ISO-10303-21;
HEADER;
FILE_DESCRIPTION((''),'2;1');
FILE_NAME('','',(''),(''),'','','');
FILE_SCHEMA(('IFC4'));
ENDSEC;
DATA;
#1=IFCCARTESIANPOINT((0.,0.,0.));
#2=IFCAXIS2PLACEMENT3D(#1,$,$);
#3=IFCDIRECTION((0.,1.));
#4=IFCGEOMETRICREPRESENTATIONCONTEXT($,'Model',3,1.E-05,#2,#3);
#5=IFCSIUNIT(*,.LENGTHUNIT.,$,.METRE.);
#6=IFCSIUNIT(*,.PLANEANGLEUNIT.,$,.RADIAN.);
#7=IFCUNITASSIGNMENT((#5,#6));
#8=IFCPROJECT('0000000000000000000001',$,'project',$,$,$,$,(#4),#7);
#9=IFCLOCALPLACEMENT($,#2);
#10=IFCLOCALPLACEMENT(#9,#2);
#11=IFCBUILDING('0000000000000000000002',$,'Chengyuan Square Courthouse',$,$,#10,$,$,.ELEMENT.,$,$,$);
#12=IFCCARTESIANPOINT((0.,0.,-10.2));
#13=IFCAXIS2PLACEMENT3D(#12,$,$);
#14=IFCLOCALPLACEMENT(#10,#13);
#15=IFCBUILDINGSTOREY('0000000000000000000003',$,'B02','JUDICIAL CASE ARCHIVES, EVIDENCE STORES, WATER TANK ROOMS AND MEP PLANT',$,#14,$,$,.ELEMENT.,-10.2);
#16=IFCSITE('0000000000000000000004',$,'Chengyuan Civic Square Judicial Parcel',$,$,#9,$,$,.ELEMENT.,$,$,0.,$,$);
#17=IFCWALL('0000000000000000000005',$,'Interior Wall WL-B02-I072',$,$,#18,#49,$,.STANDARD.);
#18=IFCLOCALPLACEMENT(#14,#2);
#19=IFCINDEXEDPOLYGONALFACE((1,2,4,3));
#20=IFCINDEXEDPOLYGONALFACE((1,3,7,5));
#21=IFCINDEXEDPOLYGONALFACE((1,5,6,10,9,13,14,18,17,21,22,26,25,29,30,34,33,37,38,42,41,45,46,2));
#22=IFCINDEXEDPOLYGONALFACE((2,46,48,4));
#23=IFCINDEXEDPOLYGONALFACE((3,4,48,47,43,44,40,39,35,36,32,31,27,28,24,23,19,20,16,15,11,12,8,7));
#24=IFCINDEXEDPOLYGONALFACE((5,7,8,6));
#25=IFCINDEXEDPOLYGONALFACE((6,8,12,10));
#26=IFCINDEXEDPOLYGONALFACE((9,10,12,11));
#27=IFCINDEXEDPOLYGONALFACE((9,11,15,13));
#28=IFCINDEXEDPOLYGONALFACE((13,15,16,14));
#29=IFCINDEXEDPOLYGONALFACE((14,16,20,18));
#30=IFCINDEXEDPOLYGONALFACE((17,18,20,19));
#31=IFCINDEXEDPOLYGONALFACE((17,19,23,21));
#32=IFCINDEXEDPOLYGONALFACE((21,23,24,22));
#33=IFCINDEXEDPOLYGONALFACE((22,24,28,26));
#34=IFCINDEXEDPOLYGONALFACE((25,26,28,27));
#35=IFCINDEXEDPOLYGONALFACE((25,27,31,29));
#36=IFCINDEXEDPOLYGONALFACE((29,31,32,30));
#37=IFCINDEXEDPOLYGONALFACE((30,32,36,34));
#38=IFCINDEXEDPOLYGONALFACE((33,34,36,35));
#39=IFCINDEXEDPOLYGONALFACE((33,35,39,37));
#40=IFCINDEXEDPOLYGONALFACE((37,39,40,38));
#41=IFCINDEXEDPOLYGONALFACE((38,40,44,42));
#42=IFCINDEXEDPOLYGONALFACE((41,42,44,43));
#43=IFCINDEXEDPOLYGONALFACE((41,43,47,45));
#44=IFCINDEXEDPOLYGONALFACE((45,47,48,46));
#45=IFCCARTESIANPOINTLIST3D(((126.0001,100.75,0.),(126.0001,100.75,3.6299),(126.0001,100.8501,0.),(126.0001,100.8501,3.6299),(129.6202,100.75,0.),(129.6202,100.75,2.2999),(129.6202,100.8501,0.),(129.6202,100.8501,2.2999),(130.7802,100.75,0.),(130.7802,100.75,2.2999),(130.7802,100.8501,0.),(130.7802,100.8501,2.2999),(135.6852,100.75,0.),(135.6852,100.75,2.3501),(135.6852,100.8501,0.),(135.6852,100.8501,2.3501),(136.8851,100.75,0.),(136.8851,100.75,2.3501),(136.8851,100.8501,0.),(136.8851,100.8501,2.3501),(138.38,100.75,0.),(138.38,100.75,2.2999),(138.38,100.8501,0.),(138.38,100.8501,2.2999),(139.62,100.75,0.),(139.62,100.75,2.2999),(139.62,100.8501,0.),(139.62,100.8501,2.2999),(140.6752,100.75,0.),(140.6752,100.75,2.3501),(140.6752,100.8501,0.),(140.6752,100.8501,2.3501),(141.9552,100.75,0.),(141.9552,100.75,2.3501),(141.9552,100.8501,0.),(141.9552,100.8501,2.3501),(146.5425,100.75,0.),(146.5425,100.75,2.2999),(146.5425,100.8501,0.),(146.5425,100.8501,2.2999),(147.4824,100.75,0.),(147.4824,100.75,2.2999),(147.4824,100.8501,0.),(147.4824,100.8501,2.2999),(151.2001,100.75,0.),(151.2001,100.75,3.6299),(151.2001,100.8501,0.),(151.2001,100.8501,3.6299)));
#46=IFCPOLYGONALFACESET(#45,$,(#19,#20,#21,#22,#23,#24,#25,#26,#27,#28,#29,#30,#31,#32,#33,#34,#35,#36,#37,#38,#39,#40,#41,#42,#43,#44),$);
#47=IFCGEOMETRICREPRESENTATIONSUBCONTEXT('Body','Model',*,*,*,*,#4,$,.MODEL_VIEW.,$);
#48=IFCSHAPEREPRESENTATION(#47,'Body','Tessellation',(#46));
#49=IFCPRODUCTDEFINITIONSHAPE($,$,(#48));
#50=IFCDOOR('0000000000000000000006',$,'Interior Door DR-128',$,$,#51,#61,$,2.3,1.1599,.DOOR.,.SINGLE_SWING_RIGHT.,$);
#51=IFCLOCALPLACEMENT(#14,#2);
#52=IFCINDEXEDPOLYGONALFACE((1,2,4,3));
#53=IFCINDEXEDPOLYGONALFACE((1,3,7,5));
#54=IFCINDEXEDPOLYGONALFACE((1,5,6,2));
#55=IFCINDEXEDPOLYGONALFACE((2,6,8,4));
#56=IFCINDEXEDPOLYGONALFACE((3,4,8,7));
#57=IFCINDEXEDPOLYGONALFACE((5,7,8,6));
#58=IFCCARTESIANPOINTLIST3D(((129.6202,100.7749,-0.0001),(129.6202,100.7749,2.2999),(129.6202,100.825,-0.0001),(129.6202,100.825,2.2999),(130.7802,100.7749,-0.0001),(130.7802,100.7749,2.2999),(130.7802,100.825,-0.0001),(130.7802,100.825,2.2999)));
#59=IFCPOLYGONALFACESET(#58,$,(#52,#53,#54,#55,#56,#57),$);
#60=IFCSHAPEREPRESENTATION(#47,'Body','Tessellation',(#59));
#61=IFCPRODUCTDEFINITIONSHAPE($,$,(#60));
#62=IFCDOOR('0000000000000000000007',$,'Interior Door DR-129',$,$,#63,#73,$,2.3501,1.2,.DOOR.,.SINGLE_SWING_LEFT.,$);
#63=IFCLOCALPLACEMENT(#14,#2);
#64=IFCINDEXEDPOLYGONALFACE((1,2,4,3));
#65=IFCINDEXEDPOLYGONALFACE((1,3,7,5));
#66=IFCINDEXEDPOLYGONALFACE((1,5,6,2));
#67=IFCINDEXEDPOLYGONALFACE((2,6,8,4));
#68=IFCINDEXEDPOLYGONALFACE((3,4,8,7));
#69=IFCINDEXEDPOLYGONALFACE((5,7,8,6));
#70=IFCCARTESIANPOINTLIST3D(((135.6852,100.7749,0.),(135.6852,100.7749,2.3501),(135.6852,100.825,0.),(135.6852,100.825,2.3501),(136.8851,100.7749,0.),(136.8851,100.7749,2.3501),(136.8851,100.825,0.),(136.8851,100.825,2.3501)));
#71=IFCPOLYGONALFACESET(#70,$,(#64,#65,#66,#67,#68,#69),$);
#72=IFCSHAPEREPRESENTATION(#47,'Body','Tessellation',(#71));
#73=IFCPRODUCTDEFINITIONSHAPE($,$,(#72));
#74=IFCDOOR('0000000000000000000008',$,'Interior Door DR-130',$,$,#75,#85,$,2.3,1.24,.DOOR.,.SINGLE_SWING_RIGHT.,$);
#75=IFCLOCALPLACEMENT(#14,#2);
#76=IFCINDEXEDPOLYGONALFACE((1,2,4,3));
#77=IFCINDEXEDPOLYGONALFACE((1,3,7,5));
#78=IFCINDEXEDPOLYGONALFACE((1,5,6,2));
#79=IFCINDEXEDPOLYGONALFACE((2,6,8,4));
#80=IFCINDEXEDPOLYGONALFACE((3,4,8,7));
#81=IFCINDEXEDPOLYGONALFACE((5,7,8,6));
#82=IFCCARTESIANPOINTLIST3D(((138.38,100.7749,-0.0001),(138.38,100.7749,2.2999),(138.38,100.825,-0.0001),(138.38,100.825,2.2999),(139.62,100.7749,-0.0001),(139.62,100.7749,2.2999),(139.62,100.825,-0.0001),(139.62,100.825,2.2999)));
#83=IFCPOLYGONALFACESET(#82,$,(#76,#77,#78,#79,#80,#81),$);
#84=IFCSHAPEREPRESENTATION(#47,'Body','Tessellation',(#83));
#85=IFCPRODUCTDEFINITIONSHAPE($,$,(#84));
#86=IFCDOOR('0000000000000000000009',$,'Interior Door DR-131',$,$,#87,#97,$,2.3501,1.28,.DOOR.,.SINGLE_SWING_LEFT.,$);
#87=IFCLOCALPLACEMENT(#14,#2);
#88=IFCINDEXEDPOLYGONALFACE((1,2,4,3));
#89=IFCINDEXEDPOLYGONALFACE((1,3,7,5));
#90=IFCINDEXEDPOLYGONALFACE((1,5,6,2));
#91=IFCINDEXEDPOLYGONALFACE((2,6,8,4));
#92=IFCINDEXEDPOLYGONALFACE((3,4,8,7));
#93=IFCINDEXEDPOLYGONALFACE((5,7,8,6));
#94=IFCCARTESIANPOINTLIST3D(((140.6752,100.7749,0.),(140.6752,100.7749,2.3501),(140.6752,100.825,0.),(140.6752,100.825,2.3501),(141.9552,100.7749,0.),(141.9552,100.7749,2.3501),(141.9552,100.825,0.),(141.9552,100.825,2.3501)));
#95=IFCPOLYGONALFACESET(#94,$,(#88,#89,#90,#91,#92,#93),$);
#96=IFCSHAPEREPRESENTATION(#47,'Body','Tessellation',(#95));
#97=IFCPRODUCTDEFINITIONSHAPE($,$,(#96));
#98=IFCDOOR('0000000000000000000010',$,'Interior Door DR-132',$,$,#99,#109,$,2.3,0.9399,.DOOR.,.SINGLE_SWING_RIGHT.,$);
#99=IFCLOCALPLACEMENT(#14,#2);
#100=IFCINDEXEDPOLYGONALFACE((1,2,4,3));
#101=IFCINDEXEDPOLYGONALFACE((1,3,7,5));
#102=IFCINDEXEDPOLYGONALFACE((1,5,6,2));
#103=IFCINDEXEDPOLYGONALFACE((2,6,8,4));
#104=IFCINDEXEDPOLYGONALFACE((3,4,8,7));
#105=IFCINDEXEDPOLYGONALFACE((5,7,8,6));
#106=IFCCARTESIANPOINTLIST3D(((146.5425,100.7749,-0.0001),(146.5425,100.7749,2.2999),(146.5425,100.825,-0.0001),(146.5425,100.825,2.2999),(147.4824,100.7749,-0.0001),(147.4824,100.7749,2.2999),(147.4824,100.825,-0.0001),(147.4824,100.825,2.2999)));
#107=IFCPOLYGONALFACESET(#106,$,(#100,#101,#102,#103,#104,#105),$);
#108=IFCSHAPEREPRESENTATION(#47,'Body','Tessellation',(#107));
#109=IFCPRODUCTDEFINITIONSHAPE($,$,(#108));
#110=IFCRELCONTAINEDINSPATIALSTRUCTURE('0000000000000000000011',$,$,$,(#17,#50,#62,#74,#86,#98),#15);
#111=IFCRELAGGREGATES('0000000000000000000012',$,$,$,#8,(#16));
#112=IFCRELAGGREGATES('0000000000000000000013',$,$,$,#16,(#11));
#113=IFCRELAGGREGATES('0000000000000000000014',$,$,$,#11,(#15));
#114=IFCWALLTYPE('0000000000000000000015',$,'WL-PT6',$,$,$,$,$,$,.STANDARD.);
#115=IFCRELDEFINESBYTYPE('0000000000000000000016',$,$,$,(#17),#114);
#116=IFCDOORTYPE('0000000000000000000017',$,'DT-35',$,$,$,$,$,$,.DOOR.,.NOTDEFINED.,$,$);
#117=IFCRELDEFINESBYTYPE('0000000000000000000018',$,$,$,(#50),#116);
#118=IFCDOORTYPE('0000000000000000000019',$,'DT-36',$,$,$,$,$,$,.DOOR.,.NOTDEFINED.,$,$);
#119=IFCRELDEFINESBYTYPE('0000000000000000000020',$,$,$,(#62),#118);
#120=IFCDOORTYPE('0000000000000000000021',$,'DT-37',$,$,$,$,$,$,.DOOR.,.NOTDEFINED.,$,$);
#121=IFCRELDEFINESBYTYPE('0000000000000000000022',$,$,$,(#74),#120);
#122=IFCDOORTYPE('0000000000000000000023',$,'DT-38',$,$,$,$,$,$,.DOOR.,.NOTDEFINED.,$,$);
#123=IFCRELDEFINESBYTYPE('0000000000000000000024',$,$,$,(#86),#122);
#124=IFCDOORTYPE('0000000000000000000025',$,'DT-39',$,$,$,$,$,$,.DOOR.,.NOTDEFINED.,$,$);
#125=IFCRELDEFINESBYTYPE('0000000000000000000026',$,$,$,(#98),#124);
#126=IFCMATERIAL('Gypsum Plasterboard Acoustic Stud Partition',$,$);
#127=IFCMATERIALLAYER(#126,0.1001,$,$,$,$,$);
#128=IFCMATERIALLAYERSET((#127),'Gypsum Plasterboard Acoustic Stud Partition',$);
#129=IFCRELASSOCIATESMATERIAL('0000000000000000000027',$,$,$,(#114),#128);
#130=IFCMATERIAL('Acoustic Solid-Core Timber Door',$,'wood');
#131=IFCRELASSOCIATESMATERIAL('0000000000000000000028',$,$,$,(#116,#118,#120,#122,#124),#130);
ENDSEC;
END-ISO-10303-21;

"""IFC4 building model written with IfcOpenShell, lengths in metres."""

from ifc_helpers import new_model, si_unit, direction, frame, frame_2d, origin, place, context, subcontext, project, spatial, rectangle, extrude, material, layer, layer_set, type_object, element, fill, save


model = new_model("IFC4")

# Units and contexts
model_context = context("Model", 3, precision=1e-05, world=origin(), true_north=direction((0.0, 1.0)))
body_context = subcontext(model_context, "Body", "Model", "MODEL_VIEW")
ifc_project = project(units=[si_unit("LENGTHUNIT", "METRE"), si_unit("PLANEANGLEUNIT", "RADIAN")], contexts=[model_context])

# Site, building, storey
site_placement = place(None, origin())
site = spatial("IfcSite", under=ifc_project, at=site_placement, Name="Chengyuan Civic Square Judicial Parcel", CompositionType="ELEMENT", RefElevation=0.0)
building_placement = place(site_placement, origin())
building = spatial("IfcBuilding", under=site, at=building_placement, Name="Chengyuan Square Courthouse", CompositionType="ELEMENT")
storey_placement = place(building_placement, frame((0.0, 0.0, -10.2)))
storey = spatial("IfcBuildingStorey", under=building, at=storey_placement, Name="B02", Description="JUDICIAL CASE ARCHIVES, EVIDENCE STORES, WATER TANK ROOMS AND MEP PLANT", CompositionType="ELEMENT", Elevation=-10.2)

# Wall, openings, doors
ifc_material_1 = material(Name="Gypsum Plasterboard Acoustic Stud Partition")
ifc_layer_1 = layer(ifc_material_1, 0.1001)
ifc_layer_set_1 = layer_set([ifc_layer_1], Name="Gypsum Plasterboard Acoustic Stud Partition")
wall_type_1 = type_object("IfcWallType", Name="WL-PT6", PredefinedType="STANDARD", material=ifc_layer_set_1)
wall_1_placement = place(storey_placement, frame((126.0, 100.8, 0.0), z_axis=(0.0, 0.0, 1.0), x_axis=(1.0, 0.0, 0.0)))
wall_1 = element("IfcWall", 1, at=wall_1_placement, inside=storey, type_object=wall_type_1, Name="Interior Wall WL-B02-I072", PredefinedType="STANDARD", context=body_context, shape_type="SweptSolid", body=[
    extrude(rectangle(XDim=25.2, YDim=0.1001, at=frame_2d((12.6001, 0.0))), origin(), (0.0, 0.0, 1.0), 3.6299),
])
opening_1_placement = place(wall_1_placement, frame((3.6201, 0.0, 0.0)))
opening_1 = element("IfcOpeningElement", 2, at=opening_1_placement, cuts=wall_1, PredefinedType="OPENING", context=body_context, shape_type="SweptSolid", body=[
    extrude(rectangle(XDim=1.1599, YDim=2.3, at=frame_2d((0.5801, 1.1499))), frame((0.0, 0.062, 0.0), z_axis=(0.0, -1.0, 0.0), x_axis=(1.0, 0.0, 0.0)), (0.0, 0.0, 1.0), 0.124),
])
opening_2_placement = place(wall_1_placement, frame((9.6851, 0.0, 0.0)))
opening_2 = element("IfcOpeningElement", 3, at=opening_2_placement, cuts=wall_1, PredefinedType="OPENING", context=body_context, shape_type="SweptSolid", body=[
    extrude(rectangle(XDim=1.2, YDim=2.3501, at=frame_2d((0.6001, 1.175))), frame((0.0, 0.062, 0.0), z_axis=(0.0, -1.0, 0.0), x_axis=(1.0, 0.0, 0.0)), (0.0, 0.0, 1.0), 0.124),
])
opening_3_placement = place(wall_1_placement, frame((12.3799, 0.0, 0.0)))
opening_3 = element("IfcOpeningElement", 4, at=opening_3_placement, cuts=wall_1, PredefinedType="OPENING", context=body_context, shape_type="SweptSolid", body=[
    extrude(rectangle(XDim=1.24, YDim=2.3, at=frame_2d((0.6201, 1.1499))), frame((0.0, 0.062, 0.0), z_axis=(0.0, -1.0, 0.0), x_axis=(1.0, 0.0, 0.0)), (0.0, 0.0, 1.0), 0.124),
])
opening_4_placement = place(wall_1_placement, frame((14.675, 0.0, 0.0)))
opening_4 = element("IfcOpeningElement", 5, at=opening_4_placement, cuts=wall_1, PredefinedType="OPENING", context=body_context, shape_type="SweptSolid", body=[
    extrude(rectangle(XDim=1.28, YDim=2.3501, at=frame_2d((0.6401, 1.175))), frame((0.0, 0.062, 0.0), z_axis=(0.0, -1.0, 0.0), x_axis=(1.0, 0.0, 0.0)), (0.0, 0.0, 1.0), 0.124),
])
opening_5_placement = place(wall_1_placement, frame((20.5425, 0.0, 0.0)))
opening_5 = element("IfcOpeningElement", 6, at=opening_5_placement, cuts=wall_1, PredefinedType="OPENING", context=body_context, shape_type="SweptSolid", body=[
    extrude(rectangle(XDim=0.9399, YDim=2.3, at=frame_2d((0.47, 1.1499))), frame((0.0, 0.062, 0.0), z_axis=(0.0, -1.0, 0.0), x_axis=(1.0, 0.0, 0.0)), (0.0, 0.0, 1.0), 0.124),
])
ifc_material_2 = material(Name="Acoustic Solid-Core Timber Door", Category="wood")
door_type_1 = type_object("IfcDoorType", Name="DT-35", OperationType="NOTDEFINED", PredefinedType="DOOR", material=ifc_material_2)
door_1_placement = place(opening_1_placement, origin())
door_1 = element("IfcDoor", 7, at=door_1_placement, inside=storey, type_object=door_type_1, Name="Interior Door DR-128", OperationType="SINGLE_SWING_RIGHT", OverallHeight=2.3, OverallWidth=1.1599, PredefinedType="DOOR", context=body_context, shape_type="SweptSolid", body=[
    extrude(rectangle(XDim=1.1599, YDim=2.3, at=frame_2d((0.5801, 1.1499))), frame((0.0, 0.0249, 0.0), z_axis=(0.0, -1.0, 0.0), x_axis=(1.0, 0.0, 0.0)), (0.0, 0.0, 1.0), 0.05),
])
fill(opening_1, door_1)
door_type_2 = type_object("IfcDoorType", Name="DT-36", OperationType="NOTDEFINED", PredefinedType="DOOR", material=ifc_material_2)
door_2_placement = place(opening_2_placement, origin())
door_2 = element("IfcDoor", 8, at=door_2_placement, inside=storey, type_object=door_type_2, Name="Interior Door DR-129", OperationType="SINGLE_SWING_LEFT", OverallHeight=2.3501, OverallWidth=1.2, PredefinedType="DOOR", context=body_context, shape_type="SweptSolid", body=[
    extrude(rectangle(XDim=1.2, YDim=2.3501, at=frame_2d((0.6001, 1.175))), frame((0.0, 0.0249, 0.0), z_axis=(0.0, -1.0, 0.0), x_axis=(1.0, 0.0, 0.0)), (0.0, 0.0, 1.0), 0.05),
])
fill(opening_2, door_2)
door_type_3 = type_object("IfcDoorType", Name="DT-37", OperationType="NOTDEFINED", PredefinedType="DOOR", material=ifc_material_2)
door_3_placement = place(opening_3_placement, origin())
door_3 = element("IfcDoor", 9, at=door_3_placement, inside=storey, type_object=door_type_3, Name="Interior Door DR-130", OperationType="SINGLE_SWING_RIGHT", OverallHeight=2.3, OverallWidth=1.24, PredefinedType="DOOR", context=body_context, shape_type="SweptSolid", body=[
    extrude(rectangle(XDim=1.24, YDim=2.3, at=frame_2d((0.6201, 1.1499))), frame((0.0, 0.0249, 0.0), z_axis=(0.0, -1.0, 0.0), x_axis=(1.0, 0.0, 0.0)), (0.0, 0.0, 1.0), 0.05),
])
fill(opening_3, door_3)
door_type_4 = type_object("IfcDoorType", Name="DT-38", OperationType="NOTDEFINED", PredefinedType="DOOR", material=ifc_material_2)
door_4_placement = place(opening_4_placement, origin())
door_4 = element("IfcDoor", 10, at=door_4_placement, inside=storey, type_object=door_type_4, Name="Interior Door DR-131", OperationType="SINGLE_SWING_LEFT", OverallHeight=2.3501, OverallWidth=1.28, PredefinedType="DOOR", context=body_context, shape_type="SweptSolid", body=[
    extrude(rectangle(XDim=1.28, YDim=2.3501, at=frame_2d((0.6401, 1.175))), frame((0.0, 0.0249, 0.0), z_axis=(0.0, -1.0, 0.0), x_axis=(1.0, 0.0, 0.0)), (0.0, 0.0, 1.0), 0.05),
])
fill(opening_4, door_4)
door_type_5 = type_object("IfcDoorType", Name="DT-39", OperationType="NOTDEFINED", PredefinedType="DOOR", material=ifc_material_2)
door_5_placement = place(opening_5_placement, origin())
door_5 = element("IfcDoor", 11, at=door_5_placement, inside=storey, type_object=door_type_5, Name="Interior Door DR-132", OperationType="SINGLE_SWING_RIGHT", OverallHeight=2.3, OverallWidth=0.9399, PredefinedType="DOOR", context=body_context, shape_type="SweptSolid", body=[
    extrude(rectangle(XDim=0.9399, YDim=2.3, at=frame_2d((0.47, 1.1499))), frame((0.0, 0.0249, 0.0), z_axis=(0.0, -1.0, 0.0), x_axis=(1.0, 0.0, 0.0)), (0.0, 0.0, 1.0), 0.05),
])
fill(opening_5, door_5)

save(model, "model.ifc")
